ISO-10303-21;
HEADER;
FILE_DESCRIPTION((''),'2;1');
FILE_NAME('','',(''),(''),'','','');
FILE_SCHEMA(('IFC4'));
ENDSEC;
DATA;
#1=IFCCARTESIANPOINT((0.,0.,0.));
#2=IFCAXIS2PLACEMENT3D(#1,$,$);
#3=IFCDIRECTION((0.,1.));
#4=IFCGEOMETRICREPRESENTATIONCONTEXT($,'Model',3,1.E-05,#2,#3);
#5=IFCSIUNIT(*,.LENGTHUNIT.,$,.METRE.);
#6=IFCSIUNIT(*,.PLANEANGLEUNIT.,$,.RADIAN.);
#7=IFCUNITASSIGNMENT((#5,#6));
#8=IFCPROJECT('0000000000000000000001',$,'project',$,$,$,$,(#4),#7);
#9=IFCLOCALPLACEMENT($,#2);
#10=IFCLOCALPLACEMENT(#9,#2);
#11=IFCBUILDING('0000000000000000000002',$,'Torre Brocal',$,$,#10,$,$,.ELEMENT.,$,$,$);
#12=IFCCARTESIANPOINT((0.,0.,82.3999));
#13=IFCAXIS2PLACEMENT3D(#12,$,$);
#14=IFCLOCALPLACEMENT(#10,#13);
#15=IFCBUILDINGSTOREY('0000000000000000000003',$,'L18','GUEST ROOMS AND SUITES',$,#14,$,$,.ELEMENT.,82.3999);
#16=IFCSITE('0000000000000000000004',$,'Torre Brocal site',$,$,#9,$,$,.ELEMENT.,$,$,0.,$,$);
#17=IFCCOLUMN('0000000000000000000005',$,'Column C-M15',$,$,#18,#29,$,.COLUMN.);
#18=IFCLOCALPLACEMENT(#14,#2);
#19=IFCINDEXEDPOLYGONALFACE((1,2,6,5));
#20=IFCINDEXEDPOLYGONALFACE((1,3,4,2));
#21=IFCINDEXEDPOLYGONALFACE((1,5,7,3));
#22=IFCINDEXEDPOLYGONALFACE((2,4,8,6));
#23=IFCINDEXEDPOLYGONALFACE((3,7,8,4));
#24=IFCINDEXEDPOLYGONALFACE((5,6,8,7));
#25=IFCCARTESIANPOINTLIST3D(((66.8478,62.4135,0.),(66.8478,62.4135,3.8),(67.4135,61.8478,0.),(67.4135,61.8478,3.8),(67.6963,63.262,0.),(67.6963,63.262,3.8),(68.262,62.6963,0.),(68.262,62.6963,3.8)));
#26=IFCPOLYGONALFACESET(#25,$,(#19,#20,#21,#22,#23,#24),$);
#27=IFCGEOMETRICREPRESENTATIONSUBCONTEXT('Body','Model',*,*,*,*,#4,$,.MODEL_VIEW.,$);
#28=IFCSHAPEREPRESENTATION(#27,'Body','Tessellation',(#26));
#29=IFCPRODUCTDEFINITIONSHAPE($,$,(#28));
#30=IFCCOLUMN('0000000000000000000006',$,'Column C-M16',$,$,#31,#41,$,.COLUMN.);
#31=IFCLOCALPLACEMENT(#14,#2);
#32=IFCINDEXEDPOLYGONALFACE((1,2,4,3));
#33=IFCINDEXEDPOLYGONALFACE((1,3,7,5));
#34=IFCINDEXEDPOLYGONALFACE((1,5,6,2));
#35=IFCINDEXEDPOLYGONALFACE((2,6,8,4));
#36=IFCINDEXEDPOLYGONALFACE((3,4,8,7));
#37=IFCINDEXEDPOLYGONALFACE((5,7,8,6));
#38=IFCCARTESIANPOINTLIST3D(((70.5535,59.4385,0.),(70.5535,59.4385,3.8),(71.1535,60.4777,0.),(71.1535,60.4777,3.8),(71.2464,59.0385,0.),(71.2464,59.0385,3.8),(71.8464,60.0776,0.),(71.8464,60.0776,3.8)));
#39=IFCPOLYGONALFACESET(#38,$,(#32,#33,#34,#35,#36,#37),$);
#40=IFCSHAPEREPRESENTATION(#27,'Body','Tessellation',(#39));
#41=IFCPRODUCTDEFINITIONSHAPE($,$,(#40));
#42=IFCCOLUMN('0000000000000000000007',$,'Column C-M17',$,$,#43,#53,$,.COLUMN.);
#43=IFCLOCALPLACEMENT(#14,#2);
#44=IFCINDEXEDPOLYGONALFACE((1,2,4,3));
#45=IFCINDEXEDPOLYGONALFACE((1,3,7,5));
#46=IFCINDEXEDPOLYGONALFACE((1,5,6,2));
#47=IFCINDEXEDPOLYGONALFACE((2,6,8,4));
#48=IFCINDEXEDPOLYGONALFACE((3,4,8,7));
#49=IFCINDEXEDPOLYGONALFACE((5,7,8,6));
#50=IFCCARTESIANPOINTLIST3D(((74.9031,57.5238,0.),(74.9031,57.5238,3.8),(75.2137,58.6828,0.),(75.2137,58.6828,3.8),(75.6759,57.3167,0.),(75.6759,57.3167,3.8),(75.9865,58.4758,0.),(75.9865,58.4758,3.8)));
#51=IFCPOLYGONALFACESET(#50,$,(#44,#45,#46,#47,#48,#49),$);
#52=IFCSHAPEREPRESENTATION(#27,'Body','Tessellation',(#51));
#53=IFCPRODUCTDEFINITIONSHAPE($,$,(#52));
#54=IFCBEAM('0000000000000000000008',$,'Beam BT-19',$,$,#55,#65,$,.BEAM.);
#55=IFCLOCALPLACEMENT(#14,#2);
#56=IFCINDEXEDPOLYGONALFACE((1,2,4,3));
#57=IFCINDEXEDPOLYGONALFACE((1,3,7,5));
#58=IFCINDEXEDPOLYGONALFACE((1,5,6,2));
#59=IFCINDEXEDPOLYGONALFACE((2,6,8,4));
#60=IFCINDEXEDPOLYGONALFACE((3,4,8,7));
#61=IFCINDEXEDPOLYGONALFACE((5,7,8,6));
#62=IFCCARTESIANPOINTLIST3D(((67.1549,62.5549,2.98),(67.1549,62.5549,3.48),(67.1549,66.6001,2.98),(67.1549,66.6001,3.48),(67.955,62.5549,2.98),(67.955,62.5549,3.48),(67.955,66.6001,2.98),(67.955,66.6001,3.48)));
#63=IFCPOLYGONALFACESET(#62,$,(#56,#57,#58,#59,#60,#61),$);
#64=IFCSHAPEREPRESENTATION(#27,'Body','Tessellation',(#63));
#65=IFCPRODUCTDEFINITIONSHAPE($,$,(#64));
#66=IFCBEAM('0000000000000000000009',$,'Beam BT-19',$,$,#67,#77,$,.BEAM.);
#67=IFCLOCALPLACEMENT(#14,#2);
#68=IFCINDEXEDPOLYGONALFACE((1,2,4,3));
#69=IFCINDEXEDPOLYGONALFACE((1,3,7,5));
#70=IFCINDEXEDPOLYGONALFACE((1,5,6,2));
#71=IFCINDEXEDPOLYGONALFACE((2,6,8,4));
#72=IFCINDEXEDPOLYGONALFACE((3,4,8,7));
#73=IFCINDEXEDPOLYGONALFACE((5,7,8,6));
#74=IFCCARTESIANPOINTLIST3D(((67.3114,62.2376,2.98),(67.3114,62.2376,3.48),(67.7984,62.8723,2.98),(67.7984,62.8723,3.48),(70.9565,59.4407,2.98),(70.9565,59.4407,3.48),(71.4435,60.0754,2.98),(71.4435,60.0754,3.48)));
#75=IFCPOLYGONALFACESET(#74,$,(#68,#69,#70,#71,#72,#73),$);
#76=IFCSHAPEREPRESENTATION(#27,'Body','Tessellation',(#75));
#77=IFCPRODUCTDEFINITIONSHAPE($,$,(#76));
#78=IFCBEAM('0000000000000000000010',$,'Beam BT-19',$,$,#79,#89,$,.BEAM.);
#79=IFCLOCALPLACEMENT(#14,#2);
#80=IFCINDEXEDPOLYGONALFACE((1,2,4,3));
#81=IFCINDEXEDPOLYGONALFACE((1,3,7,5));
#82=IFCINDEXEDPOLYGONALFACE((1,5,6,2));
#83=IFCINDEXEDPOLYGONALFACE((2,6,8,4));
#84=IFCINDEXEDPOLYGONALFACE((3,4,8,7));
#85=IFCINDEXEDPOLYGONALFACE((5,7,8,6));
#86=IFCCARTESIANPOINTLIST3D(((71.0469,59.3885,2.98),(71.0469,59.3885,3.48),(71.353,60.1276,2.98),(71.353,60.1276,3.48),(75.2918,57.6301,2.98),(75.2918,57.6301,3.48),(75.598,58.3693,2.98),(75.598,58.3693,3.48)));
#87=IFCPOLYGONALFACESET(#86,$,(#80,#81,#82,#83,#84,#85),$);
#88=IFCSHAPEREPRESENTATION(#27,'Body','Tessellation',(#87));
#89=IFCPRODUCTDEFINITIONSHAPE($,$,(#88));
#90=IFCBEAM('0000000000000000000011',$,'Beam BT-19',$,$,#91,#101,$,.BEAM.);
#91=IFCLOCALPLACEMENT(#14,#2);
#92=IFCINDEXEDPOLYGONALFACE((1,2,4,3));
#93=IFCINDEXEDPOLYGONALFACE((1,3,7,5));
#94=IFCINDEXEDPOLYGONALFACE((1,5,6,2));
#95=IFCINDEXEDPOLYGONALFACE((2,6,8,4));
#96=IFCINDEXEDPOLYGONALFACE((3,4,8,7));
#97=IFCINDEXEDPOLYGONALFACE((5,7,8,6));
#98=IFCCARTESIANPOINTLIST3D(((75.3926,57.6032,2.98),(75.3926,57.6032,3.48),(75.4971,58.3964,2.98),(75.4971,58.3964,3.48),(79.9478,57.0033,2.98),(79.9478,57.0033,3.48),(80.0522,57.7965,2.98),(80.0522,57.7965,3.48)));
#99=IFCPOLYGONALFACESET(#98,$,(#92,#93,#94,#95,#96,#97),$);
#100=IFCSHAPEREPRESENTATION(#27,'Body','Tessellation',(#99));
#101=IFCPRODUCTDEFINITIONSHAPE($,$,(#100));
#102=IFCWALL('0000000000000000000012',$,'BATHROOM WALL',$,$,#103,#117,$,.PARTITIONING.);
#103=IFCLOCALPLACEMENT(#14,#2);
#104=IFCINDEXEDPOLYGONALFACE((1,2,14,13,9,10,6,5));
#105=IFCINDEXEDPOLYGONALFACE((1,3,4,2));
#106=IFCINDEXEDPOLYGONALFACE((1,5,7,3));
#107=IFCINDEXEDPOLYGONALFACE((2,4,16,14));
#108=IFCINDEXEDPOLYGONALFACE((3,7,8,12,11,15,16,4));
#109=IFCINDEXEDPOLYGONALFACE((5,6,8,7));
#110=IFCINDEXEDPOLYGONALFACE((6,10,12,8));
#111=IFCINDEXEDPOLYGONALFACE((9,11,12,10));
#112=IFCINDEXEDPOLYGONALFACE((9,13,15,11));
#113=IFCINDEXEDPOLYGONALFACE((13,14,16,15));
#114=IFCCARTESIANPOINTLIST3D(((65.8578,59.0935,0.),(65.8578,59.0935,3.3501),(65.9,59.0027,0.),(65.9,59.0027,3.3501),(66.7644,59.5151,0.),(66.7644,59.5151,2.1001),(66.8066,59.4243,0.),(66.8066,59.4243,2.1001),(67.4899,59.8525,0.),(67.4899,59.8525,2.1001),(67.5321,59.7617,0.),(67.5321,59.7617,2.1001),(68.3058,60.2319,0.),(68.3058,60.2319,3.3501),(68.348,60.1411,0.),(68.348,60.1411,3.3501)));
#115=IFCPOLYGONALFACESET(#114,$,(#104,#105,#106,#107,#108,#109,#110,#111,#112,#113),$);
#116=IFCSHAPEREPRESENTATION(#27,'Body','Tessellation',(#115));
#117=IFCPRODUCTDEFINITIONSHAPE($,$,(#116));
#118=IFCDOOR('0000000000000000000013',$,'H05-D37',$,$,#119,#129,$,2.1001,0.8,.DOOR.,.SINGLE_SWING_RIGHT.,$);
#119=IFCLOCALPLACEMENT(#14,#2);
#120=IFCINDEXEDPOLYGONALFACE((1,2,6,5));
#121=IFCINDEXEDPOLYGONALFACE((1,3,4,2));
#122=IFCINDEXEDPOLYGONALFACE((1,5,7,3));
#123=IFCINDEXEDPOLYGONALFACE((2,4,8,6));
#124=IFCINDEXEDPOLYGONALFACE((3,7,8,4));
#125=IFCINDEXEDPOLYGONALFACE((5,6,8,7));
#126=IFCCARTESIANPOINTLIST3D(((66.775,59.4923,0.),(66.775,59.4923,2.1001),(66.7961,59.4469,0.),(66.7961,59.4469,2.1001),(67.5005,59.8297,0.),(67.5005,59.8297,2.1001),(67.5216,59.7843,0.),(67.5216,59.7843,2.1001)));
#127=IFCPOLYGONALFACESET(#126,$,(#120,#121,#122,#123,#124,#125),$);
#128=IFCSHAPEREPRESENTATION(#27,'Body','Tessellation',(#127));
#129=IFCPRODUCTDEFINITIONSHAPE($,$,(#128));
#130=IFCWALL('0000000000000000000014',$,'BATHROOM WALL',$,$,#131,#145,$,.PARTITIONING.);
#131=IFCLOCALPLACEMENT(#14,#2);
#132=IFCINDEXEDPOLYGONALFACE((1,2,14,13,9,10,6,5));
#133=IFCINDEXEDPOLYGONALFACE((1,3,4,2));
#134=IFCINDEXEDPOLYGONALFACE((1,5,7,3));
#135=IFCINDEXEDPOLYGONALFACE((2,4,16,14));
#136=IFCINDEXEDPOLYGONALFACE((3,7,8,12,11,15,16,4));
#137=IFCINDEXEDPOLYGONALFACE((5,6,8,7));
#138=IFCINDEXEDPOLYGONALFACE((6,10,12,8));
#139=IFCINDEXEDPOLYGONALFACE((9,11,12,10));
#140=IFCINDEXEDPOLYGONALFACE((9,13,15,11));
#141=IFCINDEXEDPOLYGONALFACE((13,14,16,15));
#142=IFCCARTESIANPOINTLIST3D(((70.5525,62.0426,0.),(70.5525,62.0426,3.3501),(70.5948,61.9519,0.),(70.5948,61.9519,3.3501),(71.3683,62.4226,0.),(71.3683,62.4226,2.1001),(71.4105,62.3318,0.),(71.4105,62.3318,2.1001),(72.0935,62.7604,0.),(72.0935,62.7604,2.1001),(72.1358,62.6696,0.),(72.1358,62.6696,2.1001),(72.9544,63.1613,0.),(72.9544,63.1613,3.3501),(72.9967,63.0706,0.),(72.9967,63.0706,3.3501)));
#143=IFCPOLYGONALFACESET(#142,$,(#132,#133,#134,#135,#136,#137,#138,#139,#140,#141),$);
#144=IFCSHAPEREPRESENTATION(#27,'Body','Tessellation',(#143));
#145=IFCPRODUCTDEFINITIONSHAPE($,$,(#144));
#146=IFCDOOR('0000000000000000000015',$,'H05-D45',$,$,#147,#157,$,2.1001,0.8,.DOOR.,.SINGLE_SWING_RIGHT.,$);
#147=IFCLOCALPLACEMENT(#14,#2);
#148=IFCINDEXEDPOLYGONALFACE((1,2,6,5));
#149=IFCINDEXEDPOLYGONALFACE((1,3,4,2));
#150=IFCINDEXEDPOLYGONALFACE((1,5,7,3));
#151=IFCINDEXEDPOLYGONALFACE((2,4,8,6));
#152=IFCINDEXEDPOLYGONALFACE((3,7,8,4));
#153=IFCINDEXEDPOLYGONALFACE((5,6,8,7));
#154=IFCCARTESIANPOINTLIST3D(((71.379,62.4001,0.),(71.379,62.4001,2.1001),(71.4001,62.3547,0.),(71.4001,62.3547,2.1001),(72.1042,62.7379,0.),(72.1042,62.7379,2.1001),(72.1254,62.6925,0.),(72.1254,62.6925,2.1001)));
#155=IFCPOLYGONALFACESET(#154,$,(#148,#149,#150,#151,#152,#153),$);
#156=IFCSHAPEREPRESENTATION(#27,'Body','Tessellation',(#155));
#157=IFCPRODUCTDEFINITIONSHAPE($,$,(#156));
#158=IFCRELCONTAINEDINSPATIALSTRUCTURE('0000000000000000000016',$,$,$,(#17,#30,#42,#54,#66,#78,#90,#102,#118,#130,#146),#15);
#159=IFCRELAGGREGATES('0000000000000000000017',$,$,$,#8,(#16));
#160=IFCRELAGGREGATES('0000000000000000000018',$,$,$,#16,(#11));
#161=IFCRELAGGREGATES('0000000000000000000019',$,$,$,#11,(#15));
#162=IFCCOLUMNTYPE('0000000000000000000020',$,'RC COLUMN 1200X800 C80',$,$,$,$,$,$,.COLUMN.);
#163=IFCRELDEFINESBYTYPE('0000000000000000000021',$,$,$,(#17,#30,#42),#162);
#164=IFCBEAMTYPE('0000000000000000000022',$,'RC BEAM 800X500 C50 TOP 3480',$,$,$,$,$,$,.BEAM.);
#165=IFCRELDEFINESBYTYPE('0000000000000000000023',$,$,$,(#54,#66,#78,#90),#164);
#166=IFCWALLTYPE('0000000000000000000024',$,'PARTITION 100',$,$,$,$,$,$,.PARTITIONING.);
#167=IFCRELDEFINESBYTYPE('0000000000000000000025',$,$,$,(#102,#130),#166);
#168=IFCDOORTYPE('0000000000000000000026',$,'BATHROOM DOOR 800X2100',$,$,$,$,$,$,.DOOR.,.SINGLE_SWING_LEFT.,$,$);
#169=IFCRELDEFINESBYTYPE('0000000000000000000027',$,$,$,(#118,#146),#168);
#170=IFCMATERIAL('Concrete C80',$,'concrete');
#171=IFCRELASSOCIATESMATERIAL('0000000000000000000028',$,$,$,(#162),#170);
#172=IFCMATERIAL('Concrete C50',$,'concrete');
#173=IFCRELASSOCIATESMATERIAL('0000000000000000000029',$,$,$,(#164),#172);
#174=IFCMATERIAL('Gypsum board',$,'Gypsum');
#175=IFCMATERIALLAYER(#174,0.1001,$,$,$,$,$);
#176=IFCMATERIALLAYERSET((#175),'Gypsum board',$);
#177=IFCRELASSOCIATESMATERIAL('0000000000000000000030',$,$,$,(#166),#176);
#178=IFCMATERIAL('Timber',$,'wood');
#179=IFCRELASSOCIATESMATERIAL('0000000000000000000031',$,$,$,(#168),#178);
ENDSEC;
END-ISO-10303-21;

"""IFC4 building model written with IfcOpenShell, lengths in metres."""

from ifc_helpers import new_model, si_unit, direction, frame, frame_2d, origin, origin_2d, place, context, subcontext, project, spatial, rectangle, extrude, material, layer, layer_set, material_profile, profile_set, type_object, element, fill, save


model = new_model("IFC4")

# Units and contexts
model_context = context("Model", 3, precision=1e-05, world=origin(), true_north=direction((0.0, 1.0)))
body_context = subcontext(model_context, "Body", "Model", "MODEL_VIEW")
ifc_project = project(units=[si_unit("LENGTHUNIT", "METRE"), si_unit("PLANEANGLEUNIT", "RADIAN")], contexts=[model_context])

# Site, building, storey
site_placement = place(None, origin())
site = spatial("IfcSite", under=ifc_project, at=site_placement, Name="Torre Brocal site", CompositionType="ELEMENT", RefElevation=0.0)
building_placement = place(site_placement, origin())
building = spatial("IfcBuilding", under=site, at=building_placement, Name="Torre Brocal", CompositionType="ELEMENT")
storey_placement = place(building_placement, frame((0.0, 0.0, 82.3999)))
storey = spatial("IfcBuildingStorey", under=building, at=storey_placement, Name="L18", Description="GUEST ROOMS AND SUITES", CompositionType="ELEMENT", Elevation=82.3999)

# Columns
ifc_material_1 = material(Name="Concrete C80", Category="concrete")
ifc_material_profile_1 = material_profile(ifc_material_1, rectangle(XDim=1.2, YDim=0.8, at=origin_2d()), Name="RC 1200X800")
ifc_profile_set_1 = profile_set([ifc_material_profile_1], Name="Concrete C80")
column_type = type_object("IfcColumnType", Name="RC COLUMN 1200X800 C80", PredefinedType="COLUMN", material=ifc_profile_set_1)
for number, where, z_axis, x_axis, name in (
    (1, (67.5549, 62.5549, 0.0), (0.0, 0.0, 1.0), (-0.707107, -0.707107, 0.0), "Column C-M15"),
    (2, (71.2, 59.7581, 0.0), (0.0, 0.0, 1.0), (-0.5, -0.866025, 0.0), "Column C-M16"),
    (3, (75.4448, 57.9998, 0.0), (0.0, 0.0, 1.0), (-0.258819, -0.965926, 0.0), "Column C-M17"),
):
    element("IfcColumn", number, at=place(storey_placement, frame(where, z_axis=z_axis, x_axis=x_axis)), inside=storey, type_object=column_type, Name=name, PredefinedType="COLUMN", context=body_context, shape_type="SweptSolid", body=[
        extrude(rectangle(XDim=1.2, YDim=0.8, at=origin_2d()), origin(), (0.0, 0.0, 1.0), 3.8),
    ])

# Beams
ifc_material_2 = material(Name="Concrete C50", Category="concrete")
ifc_material_profile_2 = material_profile(ifc_material_2, rectangle(XDim=0.8, YDim=0.5, at=origin_2d()), Name="RC 800X500")
ifc_profile_set_2 = profile_set([ifc_material_profile_2], Name="Concrete C50")
beam_type = type_object("IfcBeamType", Name="RC BEAM 800X500 C50 TOP 3480", PredefinedType="BEAM", material=ifc_profile_set_2)
beam_1_placement = place(storey_placement, frame((67.5549, 62.5549, 3.23), z_axis=(0.0, 1.0, 0.0), x_axis=(-1.0, 0.0, 0.0)))
element("IfcBeam", 4, at=beam_1_placement, inside=storey, type_object=beam_type, Name="Beam BT-19", PredefinedType="BEAM", context=body_context, shape_type="SweptSolid", body=[
    extrude(rectangle(XDim=0.8, YDim=0.5, at=origin_2d()), origin(), (0.0, 0.0, 1.0), 4.0452),
])
beam_2_placement = place(storey_placement, frame((67.5549, 62.5549, 3.23), z_axis=(0.793358, -0.608755, 0.0), x_axis=(0.608755, 0.793358, 0.0)))
element("IfcBeam", 5, at=beam_2_placement, inside=storey, type_object=beam_type, Name="Beam BT-19", PredefinedType="BEAM", context=body_context, shape_type="SweptSolid", body=[
    extrude(rectangle(XDim=0.8, YDim=0.5, at=origin_2d()), origin(), (0.0, 0.0, 1.0), 4.5945),
])
beam_3_placement = place(storey_placement, frame((71.2, 59.7581, 3.23), z_axis=(0.923878, -0.382687, 0.0), x_axis=(0.382687, 0.923878, 0.0)))
element("IfcBeam", 6, at=beam_3_placement, inside=storey, type_object=beam_type, Name="Beam BT-19", PredefinedType="BEAM", context=body_context, shape_type="SweptSolid", body=[
    extrude(rectangle(XDim=0.8, YDim=0.5, at=origin_2d()), origin(), (0.0, 0.0, 1.0), 4.5947),
])
beam_4_placement = place(storey_placement, frame((75.4448, 57.9998, 3.23), z_axis=(0.991441, -0.130559, 0.0), x_axis=(0.130559, 0.991441, 0.0)))
element("IfcBeam", 7, at=beam_4_placement, inside=storey, type_object=beam_type, Name="Beam BT-19", PredefinedType="BEAM", context=body_context, shape_type="SweptSolid", body=[
    extrude(rectangle(XDim=0.8, YDim=0.5, at=origin_2d()), origin(), (0.0, 0.0, 1.0), 4.5945),
])

# Walls, openings, doors
ifc_material_3 = material(Name="Gypsum board", Category="Gypsum")
ifc_layer_1 = layer(ifc_material_3, 0.1001)
ifc_layer_set_1 = layer_set([ifc_layer_1], Name="Gypsum board")
wall_type_1 = type_object("IfcWallType", Name="PARTITION 100", PredefinedType="PARTITIONING", material=ifc_layer_set_1)
wall_1_placement = place(storey_placement, frame((65.8789, 59.0481, 0.0), z_axis=(0.0, 0.0, 1.0), x_axis=(0.906746, 0.421677, 0.0)))
wall_1 = element("IfcWall", 8, at=wall_1_placement, inside=storey, type_object=wall_type_1, Name="BATHROOM WALL", PredefinedType="PARTITIONING", context=body_context, shape_type="SweptSolid", body=[
    extrude(rectangle(XDim=2.6997, YDim=0.1001, at=frame_2d((1.3499, 0.0))), origin(), (0.0, 0.0, 1.0), 3.3501),
])
opening_1_placement = place(wall_1_placement, frame((1.0, 0.0, 0.0)))
opening_1 = element("IfcOpeningElement", 9, at=opening_1_placement, cuts=wall_1, PredefinedType="OPENING", context=body_context, shape_type="SweptSolid", body=[
    extrude(rectangle(XDim=0.8, YDim=2.1001, at=frame_2d((0.3999, 1.05))), frame((0.0, 0.0601, 0.0), z_axis=(0.0, -1.0, 0.0), x_axis=(1.0, 0.0, 0.0)), (0.0, 0.0, 1.0), 0.1201),
])
ifc_material_4 = material(Name="Timber", Category="wood")
door_type_1 = type_object("IfcDoorType", Name="BATHROOM DOOR 800X2100", OperationType="SINGLE_SWING_LEFT", PredefinedType="DOOR", material=ifc_material_4)
door_1_placement = place(opening_1_placement, origin())
door_1 = element("IfcDoor", 10, at=door_1_placement, inside=storey, type_object=door_type_1, Name="H05-D37", OperationType="SINGLE_SWING_RIGHT", OverallHeight=2.1001, OverallWidth=0.8, PredefinedType="DOOR", context=body_context, shape_type="SweptSolid", body=[
    extrude(rectangle(XDim=0.8, YDim=2.1001, at=frame_2d((0.3999, 1.05))), frame((0.0, 0.0249, 0.0), z_axis=(0.0, -1.0, 0.0), x_axis=(1.0, 0.0, 0.0)), (0.0, 0.0, 1.0), 0.05),
])
fill(opening_1, door_1)
wall_2_placement = place(storey_placement, frame((70.5737, 61.9973, 0.0), z_axis=(0.0, 0.0, 1.0), x_axis=(0.906503, 0.422199, 0.0)))
wall_2 = element("IfcWall", 11, at=wall_2_placement, inside=storey, type_object=wall_type_1, Name="BATHROOM WALL", PredefinedType="PARTITIONING", context=body_context, shape_type="SweptSolid", body=[
    extrude(rectangle(XDim=2.6497, YDim=0.1001, at=frame_2d((1.3247, 0.0))), origin(), (0.0, 0.0, 1.0), 3.3501),
])
opening_2_placement = place(wall_2_placement, frame((0.8999, 0.0, 0.0)))
opening_2 = element("IfcOpeningElement", 12, at=opening_2_placement, cuts=wall_2, PredefinedType="OPENING", context=body_context, shape_type="SweptSolid", body=[
    extrude(rectangle(XDim=0.8, YDim=2.1001, at=frame_2d((0.3999, 1.05))), frame((0.0, 0.0601, 0.0), z_axis=(0.0, -1.0, 0.0), x_axis=(1.0, 0.0, 0.0)), (0.0, 0.0, 1.0), 0.1201),
])
door_2_placement = place(opening_2_placement, frame((0.8, 0.0, 0.0), z_axis=(0.0, 0.0, 1.0), x_axis=(-1.0, 0.0, 0.0)))
door_2 = element("IfcDoor", 13, at=door_2_placement, inside=storey, type_object=door_type_1, Name="H05-D45", OperationType="SINGLE_SWING_RIGHT", OverallHeight=2.1001, OverallWidth=0.8, PredefinedType="DOOR", context=body_context, shape_type="SweptSolid", body=[
    extrude(rectangle(XDim=0.8, YDim=2.1001, at=frame_2d((0.3999, 1.05))), frame((0.0, 0.0249, 0.0), z_axis=(0.0, -1.0, 0.0), x_axis=(1.0, 0.0, 0.0)), (0.0, 0.0, 1.0), 0.05),
])
fill(opening_2, door_2)

save(model, "model.ifc")
